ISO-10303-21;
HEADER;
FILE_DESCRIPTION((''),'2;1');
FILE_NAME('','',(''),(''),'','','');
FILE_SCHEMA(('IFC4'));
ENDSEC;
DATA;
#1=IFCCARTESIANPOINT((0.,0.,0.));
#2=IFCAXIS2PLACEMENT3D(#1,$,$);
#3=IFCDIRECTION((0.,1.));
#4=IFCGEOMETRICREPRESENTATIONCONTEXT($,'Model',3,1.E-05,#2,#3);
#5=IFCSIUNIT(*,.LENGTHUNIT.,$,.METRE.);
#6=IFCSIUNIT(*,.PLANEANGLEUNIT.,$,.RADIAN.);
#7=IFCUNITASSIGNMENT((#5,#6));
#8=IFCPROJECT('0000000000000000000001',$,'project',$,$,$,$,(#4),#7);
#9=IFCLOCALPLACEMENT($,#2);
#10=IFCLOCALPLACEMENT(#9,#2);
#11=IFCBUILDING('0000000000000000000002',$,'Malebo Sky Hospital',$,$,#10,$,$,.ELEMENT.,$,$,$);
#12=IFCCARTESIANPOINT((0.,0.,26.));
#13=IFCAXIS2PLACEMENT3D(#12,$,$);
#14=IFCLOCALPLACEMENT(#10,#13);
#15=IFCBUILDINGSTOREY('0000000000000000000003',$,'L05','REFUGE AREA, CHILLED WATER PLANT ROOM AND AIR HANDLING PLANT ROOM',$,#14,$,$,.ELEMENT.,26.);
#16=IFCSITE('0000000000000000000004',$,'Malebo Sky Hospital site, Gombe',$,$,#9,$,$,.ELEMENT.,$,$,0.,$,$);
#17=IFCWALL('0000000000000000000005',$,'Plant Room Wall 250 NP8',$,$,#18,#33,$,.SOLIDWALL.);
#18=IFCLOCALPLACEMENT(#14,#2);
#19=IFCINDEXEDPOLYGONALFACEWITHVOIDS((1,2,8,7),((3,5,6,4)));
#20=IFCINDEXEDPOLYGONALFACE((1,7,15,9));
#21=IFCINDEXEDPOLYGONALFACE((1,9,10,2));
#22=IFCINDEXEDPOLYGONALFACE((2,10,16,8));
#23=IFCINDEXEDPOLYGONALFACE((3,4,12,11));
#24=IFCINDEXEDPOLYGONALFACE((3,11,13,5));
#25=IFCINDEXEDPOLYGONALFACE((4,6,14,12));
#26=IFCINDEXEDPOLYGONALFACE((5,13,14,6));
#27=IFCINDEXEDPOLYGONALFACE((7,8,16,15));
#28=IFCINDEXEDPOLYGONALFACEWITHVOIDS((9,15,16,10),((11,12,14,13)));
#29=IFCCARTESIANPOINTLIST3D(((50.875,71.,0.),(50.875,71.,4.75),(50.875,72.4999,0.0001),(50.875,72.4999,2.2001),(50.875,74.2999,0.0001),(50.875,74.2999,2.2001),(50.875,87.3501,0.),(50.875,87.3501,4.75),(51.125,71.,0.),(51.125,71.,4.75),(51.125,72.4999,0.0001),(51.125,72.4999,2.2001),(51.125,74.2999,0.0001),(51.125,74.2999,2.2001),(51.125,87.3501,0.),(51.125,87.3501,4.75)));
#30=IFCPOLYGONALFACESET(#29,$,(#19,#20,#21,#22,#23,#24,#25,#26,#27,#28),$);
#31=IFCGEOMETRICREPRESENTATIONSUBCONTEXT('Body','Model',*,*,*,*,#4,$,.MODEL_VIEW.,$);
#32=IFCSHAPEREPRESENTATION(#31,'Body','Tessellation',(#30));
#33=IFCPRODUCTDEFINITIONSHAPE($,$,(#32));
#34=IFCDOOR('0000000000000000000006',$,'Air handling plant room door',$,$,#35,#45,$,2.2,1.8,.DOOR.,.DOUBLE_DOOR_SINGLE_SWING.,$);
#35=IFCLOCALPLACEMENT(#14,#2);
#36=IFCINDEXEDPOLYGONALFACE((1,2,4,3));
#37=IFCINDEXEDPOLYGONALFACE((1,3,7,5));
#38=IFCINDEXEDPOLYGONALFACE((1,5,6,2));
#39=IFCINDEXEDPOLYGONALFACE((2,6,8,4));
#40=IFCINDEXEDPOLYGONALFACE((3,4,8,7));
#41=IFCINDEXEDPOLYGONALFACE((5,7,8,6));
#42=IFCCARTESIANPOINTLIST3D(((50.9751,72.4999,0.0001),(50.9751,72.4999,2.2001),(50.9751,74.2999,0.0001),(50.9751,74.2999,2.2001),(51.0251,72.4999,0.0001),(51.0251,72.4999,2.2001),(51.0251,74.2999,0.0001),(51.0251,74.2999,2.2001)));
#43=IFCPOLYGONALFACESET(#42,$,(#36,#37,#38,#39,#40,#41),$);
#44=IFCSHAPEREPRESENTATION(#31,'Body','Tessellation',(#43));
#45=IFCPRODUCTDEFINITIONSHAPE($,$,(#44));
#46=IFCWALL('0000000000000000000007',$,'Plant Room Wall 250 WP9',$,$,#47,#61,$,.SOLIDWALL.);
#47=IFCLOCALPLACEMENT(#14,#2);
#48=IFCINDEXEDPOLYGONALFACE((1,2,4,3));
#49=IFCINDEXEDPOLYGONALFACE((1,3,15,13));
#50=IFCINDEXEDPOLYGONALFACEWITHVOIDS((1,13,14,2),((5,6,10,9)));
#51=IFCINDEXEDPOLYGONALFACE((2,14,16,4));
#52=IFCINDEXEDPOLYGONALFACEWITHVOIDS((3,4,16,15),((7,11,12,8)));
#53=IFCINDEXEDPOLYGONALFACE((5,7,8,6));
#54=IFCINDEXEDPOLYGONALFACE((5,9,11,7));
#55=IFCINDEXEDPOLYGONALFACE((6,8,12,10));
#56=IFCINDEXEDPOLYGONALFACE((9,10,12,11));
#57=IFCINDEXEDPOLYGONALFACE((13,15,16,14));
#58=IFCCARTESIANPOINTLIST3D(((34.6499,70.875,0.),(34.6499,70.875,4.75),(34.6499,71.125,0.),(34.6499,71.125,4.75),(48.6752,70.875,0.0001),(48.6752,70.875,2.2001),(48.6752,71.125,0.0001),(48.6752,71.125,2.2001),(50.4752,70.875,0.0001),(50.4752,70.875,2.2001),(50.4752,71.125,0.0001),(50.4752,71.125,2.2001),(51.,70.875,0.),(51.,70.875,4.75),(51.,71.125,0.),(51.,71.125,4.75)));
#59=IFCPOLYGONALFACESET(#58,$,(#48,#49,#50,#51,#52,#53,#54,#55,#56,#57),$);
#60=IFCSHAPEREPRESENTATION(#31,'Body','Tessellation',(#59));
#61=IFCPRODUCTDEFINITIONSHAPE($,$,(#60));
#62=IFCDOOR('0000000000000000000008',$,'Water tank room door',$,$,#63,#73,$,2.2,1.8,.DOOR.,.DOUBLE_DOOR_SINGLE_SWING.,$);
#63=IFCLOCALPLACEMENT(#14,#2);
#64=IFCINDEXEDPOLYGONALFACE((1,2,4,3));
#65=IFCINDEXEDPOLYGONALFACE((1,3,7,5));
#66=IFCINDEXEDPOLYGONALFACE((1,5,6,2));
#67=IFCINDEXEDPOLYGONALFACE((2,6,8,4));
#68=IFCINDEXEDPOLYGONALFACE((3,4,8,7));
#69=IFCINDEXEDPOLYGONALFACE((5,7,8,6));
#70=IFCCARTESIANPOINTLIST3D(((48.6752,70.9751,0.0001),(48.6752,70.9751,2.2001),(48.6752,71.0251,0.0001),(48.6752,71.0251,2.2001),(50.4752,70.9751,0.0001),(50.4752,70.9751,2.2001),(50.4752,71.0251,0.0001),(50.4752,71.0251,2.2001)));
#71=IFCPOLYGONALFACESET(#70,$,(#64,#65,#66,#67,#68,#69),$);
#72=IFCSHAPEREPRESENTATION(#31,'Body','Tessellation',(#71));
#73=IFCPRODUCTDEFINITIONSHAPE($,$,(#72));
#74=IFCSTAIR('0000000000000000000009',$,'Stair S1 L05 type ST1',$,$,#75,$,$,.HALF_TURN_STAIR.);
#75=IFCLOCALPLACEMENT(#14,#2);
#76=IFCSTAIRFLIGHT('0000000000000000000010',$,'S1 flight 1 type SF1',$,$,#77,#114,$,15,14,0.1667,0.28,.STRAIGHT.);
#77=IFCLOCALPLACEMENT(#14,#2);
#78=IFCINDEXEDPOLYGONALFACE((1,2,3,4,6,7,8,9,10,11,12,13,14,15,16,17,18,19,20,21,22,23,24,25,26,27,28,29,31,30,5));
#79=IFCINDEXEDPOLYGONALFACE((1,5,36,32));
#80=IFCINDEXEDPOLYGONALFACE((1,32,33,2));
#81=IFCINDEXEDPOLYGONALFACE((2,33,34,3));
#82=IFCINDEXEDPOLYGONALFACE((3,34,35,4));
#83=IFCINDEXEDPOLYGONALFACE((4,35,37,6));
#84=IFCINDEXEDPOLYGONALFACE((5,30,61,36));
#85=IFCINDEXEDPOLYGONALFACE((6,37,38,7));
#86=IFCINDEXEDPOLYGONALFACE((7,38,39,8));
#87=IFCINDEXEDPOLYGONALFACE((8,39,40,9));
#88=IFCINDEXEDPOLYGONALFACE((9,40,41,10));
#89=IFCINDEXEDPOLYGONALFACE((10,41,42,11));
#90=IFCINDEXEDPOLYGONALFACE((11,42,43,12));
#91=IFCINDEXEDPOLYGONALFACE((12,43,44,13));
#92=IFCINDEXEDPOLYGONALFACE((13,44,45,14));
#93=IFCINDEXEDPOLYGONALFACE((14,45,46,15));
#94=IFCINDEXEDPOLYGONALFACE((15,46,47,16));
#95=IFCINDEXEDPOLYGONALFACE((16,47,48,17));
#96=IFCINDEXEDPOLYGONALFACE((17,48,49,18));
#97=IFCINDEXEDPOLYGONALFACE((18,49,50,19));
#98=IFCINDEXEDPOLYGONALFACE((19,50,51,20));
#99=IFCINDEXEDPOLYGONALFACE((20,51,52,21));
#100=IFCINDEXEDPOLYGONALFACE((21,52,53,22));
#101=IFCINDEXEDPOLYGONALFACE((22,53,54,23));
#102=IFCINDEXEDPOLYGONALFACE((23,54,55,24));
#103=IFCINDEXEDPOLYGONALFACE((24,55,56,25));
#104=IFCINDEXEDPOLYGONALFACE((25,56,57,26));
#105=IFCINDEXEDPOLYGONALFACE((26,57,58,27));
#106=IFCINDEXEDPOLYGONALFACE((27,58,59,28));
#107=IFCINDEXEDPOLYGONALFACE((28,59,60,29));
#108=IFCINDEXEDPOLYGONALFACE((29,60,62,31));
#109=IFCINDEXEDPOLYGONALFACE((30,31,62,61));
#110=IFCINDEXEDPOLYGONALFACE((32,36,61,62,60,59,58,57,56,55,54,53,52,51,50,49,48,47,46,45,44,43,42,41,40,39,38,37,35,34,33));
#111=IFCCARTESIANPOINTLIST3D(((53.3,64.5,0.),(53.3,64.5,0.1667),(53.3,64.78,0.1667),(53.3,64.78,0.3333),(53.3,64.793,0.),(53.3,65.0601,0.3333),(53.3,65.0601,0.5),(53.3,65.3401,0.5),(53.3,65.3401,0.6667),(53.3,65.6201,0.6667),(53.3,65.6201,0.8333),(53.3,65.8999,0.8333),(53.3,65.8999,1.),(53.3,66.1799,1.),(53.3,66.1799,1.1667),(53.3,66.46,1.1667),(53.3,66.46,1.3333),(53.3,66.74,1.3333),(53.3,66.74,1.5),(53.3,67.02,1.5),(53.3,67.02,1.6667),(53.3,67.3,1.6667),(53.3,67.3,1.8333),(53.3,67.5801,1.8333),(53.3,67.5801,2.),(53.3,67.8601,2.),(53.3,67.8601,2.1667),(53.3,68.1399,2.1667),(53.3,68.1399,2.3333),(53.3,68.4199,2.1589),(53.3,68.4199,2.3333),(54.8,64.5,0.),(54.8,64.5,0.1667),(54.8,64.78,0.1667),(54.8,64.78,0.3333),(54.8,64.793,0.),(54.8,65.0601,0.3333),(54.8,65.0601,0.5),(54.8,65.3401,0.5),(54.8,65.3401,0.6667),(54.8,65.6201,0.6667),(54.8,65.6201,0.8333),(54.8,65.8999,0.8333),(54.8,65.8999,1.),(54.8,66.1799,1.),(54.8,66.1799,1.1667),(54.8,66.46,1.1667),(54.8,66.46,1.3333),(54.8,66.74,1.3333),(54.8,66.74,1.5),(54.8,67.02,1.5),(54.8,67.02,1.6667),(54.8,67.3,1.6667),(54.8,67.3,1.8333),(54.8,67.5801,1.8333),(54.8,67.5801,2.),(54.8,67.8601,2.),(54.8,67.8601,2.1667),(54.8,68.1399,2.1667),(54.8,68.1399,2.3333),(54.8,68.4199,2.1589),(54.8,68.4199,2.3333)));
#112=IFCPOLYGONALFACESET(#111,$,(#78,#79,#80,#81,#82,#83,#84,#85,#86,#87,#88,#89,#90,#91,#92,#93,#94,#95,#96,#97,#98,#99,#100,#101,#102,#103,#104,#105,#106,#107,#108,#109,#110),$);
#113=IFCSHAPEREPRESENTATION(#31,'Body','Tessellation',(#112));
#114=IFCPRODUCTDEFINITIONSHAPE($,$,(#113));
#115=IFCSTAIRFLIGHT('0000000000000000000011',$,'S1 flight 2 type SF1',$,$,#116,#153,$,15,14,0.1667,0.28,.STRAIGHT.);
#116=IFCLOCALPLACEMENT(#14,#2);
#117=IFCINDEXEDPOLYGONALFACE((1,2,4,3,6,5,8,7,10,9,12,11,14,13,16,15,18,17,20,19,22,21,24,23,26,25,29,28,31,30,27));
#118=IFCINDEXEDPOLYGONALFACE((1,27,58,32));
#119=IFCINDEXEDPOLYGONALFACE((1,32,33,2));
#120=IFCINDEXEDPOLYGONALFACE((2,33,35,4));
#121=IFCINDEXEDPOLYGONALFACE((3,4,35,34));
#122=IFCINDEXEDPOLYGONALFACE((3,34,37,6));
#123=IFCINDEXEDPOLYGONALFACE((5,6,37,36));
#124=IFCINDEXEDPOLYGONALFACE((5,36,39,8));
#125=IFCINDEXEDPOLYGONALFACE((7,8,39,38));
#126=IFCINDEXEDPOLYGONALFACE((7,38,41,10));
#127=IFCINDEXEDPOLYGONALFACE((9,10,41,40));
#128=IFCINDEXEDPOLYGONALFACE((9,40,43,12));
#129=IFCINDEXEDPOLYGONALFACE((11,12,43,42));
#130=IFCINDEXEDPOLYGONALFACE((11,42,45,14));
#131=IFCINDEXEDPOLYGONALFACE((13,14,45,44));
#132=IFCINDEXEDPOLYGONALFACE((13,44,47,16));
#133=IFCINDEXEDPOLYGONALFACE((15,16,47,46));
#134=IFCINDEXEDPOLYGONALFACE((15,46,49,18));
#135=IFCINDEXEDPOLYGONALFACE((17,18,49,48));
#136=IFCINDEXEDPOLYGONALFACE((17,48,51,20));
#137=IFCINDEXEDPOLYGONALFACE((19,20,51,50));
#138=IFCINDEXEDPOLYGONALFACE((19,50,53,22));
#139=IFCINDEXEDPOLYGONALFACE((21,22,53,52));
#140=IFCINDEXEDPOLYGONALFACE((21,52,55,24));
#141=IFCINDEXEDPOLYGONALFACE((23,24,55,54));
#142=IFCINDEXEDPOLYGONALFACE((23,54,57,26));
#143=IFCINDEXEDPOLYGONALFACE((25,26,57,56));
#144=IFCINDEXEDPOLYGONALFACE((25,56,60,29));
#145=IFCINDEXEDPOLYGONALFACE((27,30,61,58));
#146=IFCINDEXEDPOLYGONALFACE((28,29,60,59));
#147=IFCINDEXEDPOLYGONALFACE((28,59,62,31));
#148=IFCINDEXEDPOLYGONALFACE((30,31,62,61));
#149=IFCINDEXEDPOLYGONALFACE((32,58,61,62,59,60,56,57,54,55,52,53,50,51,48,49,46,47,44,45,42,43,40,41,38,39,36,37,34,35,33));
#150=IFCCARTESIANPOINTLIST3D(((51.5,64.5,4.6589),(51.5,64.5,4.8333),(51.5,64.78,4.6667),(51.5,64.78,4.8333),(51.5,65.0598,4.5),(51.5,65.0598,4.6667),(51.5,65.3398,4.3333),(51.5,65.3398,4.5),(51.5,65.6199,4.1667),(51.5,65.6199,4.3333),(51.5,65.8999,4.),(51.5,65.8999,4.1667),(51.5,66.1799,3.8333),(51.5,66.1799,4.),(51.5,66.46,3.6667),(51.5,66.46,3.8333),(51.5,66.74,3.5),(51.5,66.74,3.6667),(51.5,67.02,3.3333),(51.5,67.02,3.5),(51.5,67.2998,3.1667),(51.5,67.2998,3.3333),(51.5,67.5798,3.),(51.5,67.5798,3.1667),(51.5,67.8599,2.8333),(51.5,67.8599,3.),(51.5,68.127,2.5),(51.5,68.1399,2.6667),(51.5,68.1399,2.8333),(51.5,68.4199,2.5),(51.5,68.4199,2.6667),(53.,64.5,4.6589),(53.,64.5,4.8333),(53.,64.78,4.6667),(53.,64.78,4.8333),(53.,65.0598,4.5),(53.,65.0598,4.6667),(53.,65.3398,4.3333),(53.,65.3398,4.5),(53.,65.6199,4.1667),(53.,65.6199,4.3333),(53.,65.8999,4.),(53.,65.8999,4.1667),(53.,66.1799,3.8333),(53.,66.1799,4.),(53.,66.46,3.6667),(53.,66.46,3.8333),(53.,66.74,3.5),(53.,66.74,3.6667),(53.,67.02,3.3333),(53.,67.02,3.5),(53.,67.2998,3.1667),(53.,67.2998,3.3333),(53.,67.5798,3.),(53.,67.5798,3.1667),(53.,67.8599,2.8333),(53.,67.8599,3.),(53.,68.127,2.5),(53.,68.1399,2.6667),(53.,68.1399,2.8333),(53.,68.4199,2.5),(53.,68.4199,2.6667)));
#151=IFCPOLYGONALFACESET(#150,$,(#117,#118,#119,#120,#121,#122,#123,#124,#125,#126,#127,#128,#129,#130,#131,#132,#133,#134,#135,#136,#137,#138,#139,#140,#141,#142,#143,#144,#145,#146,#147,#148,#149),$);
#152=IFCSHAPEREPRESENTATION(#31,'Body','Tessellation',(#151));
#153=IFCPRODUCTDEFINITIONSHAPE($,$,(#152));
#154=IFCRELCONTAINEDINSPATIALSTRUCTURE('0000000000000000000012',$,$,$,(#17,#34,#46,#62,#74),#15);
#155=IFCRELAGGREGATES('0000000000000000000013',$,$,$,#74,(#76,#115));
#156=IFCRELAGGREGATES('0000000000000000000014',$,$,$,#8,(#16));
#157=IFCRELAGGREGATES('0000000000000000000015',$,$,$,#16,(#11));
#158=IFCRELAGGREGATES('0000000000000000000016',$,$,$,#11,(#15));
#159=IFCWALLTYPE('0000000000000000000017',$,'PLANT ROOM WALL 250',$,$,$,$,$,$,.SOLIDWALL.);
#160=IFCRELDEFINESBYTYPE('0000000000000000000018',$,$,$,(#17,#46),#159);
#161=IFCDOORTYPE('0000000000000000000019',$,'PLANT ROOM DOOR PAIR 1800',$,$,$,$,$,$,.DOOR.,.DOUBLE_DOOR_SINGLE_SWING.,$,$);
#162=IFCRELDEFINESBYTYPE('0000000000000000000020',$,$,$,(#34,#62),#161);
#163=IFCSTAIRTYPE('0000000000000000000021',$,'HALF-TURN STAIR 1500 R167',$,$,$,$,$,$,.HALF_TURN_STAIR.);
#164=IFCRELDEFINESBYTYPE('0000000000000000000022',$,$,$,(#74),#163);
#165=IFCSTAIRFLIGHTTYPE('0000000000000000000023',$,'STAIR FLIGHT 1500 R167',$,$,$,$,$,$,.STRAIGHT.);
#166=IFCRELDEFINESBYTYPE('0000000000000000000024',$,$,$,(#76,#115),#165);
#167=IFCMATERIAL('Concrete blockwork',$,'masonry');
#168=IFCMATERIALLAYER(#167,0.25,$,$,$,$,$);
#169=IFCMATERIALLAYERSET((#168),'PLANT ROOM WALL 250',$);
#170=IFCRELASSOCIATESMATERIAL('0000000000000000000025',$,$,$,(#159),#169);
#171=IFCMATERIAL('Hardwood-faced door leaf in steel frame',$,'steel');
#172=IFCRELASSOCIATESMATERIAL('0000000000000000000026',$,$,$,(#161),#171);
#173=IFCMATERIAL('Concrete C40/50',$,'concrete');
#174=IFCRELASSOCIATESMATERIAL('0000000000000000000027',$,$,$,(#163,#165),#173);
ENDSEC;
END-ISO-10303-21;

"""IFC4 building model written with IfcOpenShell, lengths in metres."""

from ifc_helpers import new_model, si_unit, direction, frame, frame_2d, origin, place, context, subcontext, project, spatial, polyline, rectangle, outline, extrude, material, layer, layer_set, type_object, element, fill, aggregate, save


model = new_model("IFC4")

# Units and contexts
model_context = context("Model", 3, precision=1e-05, world=origin(), true_north=direction((0.0, 1.0)))
body_context = subcontext(model_context, "Body", "Model", "MODEL_VIEW")
ifc_project = project(units=[si_unit("LENGTHUNIT", "METRE"), si_unit("PLANEANGLEUNIT", "RADIAN")], contexts=[model_context])

# Site, building, storey
site_placement = place(None, origin())
site = spatial("IfcSite", under=ifc_project, at=site_placement, Name="Malebo Sky Hospital site, Gombe", CompositionType="ELEMENT", RefElevation=0.0)
building_placement = place(site_placement, origin())
building = spatial("IfcBuilding", under=site, at=building_placement, Name="Malebo Sky Hospital", CompositionType="ELEMENT")
storey_placement = place(building_placement, frame((0.0, 0.0, 26.0)))
storey = spatial("IfcBuildingStorey", under=building, at=storey_placement, Name="L05", Description="REFUGE AREA, CHILLED WATER PLANT ROOM AND AIR HANDLING PLANT ROOM", CompositionType="ELEMENT", Elevation=26.0)

# Shared definitions
ifc_material_1 = material(Name="Hardwood-faced door leaf in steel frame", Category="steel")

# Walls, openings, doors
ifc_material_2 = material(Name="Concrete blockwork", Category="masonry")
ifc_layer_1 = layer(ifc_material_2, 0.25)
ifc_layer_set_1 = layer_set([ifc_layer_1], Name="PLANT ROOM WALL 250")
wall_type_1 = type_object("IfcWallType", Name="PLANT ROOM WALL 250", PredefinedType="SOLIDWALL", material=ifc_layer_set_1)
wall_1_placement = place(storey_placement, frame((51.0, 71.0, 0.0), z_axis=(0.0, 0.0, 1.0), x_axis=(0.0, 1.0, 0.0)))
wall_1 = element("IfcWall", 1, at=wall_1_placement, inside=storey, type_object=wall_type_1, Name="Plant Room Wall 250 NP8", PredefinedType="SOLIDWALL", context=body_context, shape_type="SweptSolid", body=[
    extrude(rectangle(XDim=16.3501, YDim=0.25, at=frame_2d((8.175, 0.0))), origin(), (0.0, 0.0, 1.0), 4.75),
])
opening_1_placement = place(wall_1_placement, frame((1.5, 0.0, 0.0)))
opening_1 = element("IfcOpeningElement", 2, at=opening_1_placement, cuts=wall_1, PredefinedType="OPENING", context=body_context, shape_type="SweptSolid", body=[
    extrude(rectangle(XDim=1.8, YDim=2.2, at=frame_2d((0.8999, 1.1001))), frame((0.0, 0.135, 0.0), z_axis=(0.0, -1.0, 0.0), x_axis=(1.0, 0.0, 0.0)), (0.0, 0.0, 1.0), 0.27),
])
door_type_1 = type_object("IfcDoorType", Name="PLANT ROOM DOOR PAIR 1800", OperationType="DOUBLE_DOOR_SINGLE_SWING", PredefinedType="DOOR", material=ifc_material_1)
door_1_placement = place(opening_1_placement, origin())
door_1 = element("IfcDoor", 3, at=door_1_placement, inside=storey, type_object=door_type_1, Name="Air handling plant room door", OperationType="DOUBLE_DOOR_SINGLE_SWING", OverallHeight=2.2, OverallWidth=1.8, PredefinedType="DOOR", context=body_context, shape_type="SweptSolid", body=[
    extrude(rectangle(XDim=1.8, YDim=2.2, at=frame_2d((0.8999, 1.1001))), frame((0.0, 0.0249, 0.0), z_axis=(0.0, -1.0, 0.0), x_axis=(1.0, 0.0, 0.0)), (0.0, 0.0, 1.0), 0.05),
])
fill(opening_1, door_1)
wall_2_placement = place(storey_placement, frame((51.0, 71.0, 0.0), z_axis=(0.0, 0.0, 1.0), x_axis=(-1.0, 0.0, 0.0)))
wall_2 = element("IfcWall", 4, at=wall_2_placement, inside=storey, type_object=wall_type_1, Name="Plant Room Wall 250 WP9", PredefinedType="SOLIDWALL", context=body_context, shape_type="SweptSolid", body=[
    extrude(rectangle(XDim=16.3501, YDim=0.25, at=frame_2d((8.175, 0.0))), origin(), (0.0, 0.0, 1.0), 4.75),
])
opening_2_placement = place(wall_2_placement, frame((0.5249, 0.0, 0.0)))
opening_2 = element("IfcOpeningElement", 5, at=opening_2_placement, cuts=wall_2, PredefinedType="OPENING", context=body_context, shape_type="SweptSolid", body=[
    extrude(rectangle(XDim=1.8, YDim=2.2, at=frame_2d((0.8999, 1.1001))), frame((0.0, 0.135, 0.0), z_axis=(0.0, -1.0, 0.0), x_axis=(1.0, 0.0, 0.0)), (0.0, 0.0, 1.0), 0.27),
])
door_2_placement = place(opening_2_placement, origin())
door_2 = element("IfcDoor", 6, at=door_2_placement, inside=storey, type_object=door_type_1, Name="Water tank room door", OperationType="DOUBLE_DOOR_SINGLE_SWING", OverallHeight=2.2, OverallWidth=1.8, PredefinedType="DOOR", context=body_context, shape_type="SweptSolid", body=[
    extrude(rectangle(XDim=1.8, YDim=2.2, at=frame_2d((0.8999, 1.1001))), frame((0.0, 0.0249, 0.0), z_axis=(0.0, -1.0, 0.0), x_axis=(1.0, 0.0, 0.0)), (0.0, 0.0, 1.0), 0.05),
])
fill(opening_2, door_2)

# Stair, stair flights
ifc_material_3 = material(Name="Concrete C40/50", Category="concrete")
stair_type = type_object("IfcStairType", Name="HALF-TURN STAIR 1500 R167", PredefinedType="HALF_TURN_STAIR", material=ifc_material_3)
stair_placement = place(storey_placement, origin())
stair = element("IfcStair", 7, at=stair_placement, inside=storey, type_object=stair_type, Name="Stair S1 L05 type ST1", PredefinedType="HALF_TURN_STAIR")
stair_flight_type = type_object("IfcStairFlightType", Name="STAIR FLIGHT 1500 R167", PredefinedType="STRAIGHT", material=ifc_material_3)
stair_flight_1_placement = place(storey_placement, frame((54.05, 64.5, 0.0), z_axis=(0.0, 0.0, 1.0), x_axis=(0.0, 1.0, 0.0)))
stair_flight_1 = element("IfcStairFlight", 8, at=stair_flight_1_placement, type_object=stair_flight_type, Name="S1 flight 1 type SF1", NumberOfRisers=15, NumberOfTreads=14, PredefinedType="STRAIGHT", RiserHeight=0.1667, TreadLength=0.28, context=body_context, shape_type="SweptSolid", body=[
    extrude(outline(polyline([(0.0, 0.0), (0.0, 0.1667), (0.28, 0.1667), (0.28, 0.3333), (0.5601, 0.3333), (0.5601, 0.5), (0.8401, 0.5), (0.8401, 0.6667), (1.1201, 0.6667), (1.1201, 0.8333), (1.3999, 0.8333), (1.3999, 1.0), (1.6799, 1.0), (1.6799, 1.1667), (1.96, 1.1667), (1.96, 1.3333), (2.24, 1.3333), (2.24, 1.5), (2.52, 1.5), (2.52, 1.6667), (2.8, 1.6667), (2.8, 1.8333), (3.0801, 1.8333), (3.0801, 2.0), (3.3601, 2.0), (3.3601, 2.1667), (3.6399, 2.1667), (3.6399, 2.3333), (3.9199, 2.3333), (3.9199, 2.5), (3.9199, 2.1589), (0.293, 0.0), (0.0, 0.0)])), frame((0.0, 0.75, 0.0), z_axis=(0.0, -1.0, 0.0), x_axis=(1.0, 0.0, 0.0)), (0.0, 0.0, 1.0), 1.5),
])
stair_flight_2_placement = place(storey_placement, frame((52.25, 68.4199, 2.5), z_axis=(0.0, 0.0, 1.0), x_axis=(0.0, -1.0, 0.0)))
stair_flight_2 = element("IfcStairFlight", 9, at=stair_flight_2_placement, type_object=stair_flight_type, Name="S1 flight 2 type SF1", NumberOfRisers=15, NumberOfTreads=14, PredefinedType="STRAIGHT", RiserHeight=0.1667, TreadLength=0.28, context=body_context, shape_type="SweptSolid", body=[
    extrude(outline(polyline([(0.0, 0.0), (0.0, 0.1667), (0.28, 0.1667), (0.28, 0.3333), (0.5601, 0.3333), (0.5601, 0.5), (0.8401, 0.5), (0.8401, 0.6667), (1.1201, 0.6667), (1.1201, 0.8333), (1.3999, 0.8333), (1.3999, 1.0), (1.6799, 1.0), (1.6799, 1.1667), (1.96, 1.1667), (1.96, 1.3333), (2.24, 1.3333), (2.24, 1.5), (2.52, 1.5), (2.52, 1.6667), (2.8, 1.6667), (2.8, 1.8333), (3.0801, 1.8333), (3.0801, 2.0), (3.3601, 2.0), (3.3601, 2.1667), (3.6399, 2.1667), (3.6399, 2.3333), (3.9199, 2.3333), (3.9199, 2.5), (3.9199, 2.1589), (0.293, 0.0), (0.0, 0.0)])), frame((0.0, 0.75, 0.0), z_axis=(0.0, -1.0, 0.0), x_axis=(1.0, 0.0, 0.0)), (0.0, 0.0, 1.0), 1.5),
])
aggregate(stair, [stair_flight_1, stair_flight_2])

save(model, "model.ifc")
